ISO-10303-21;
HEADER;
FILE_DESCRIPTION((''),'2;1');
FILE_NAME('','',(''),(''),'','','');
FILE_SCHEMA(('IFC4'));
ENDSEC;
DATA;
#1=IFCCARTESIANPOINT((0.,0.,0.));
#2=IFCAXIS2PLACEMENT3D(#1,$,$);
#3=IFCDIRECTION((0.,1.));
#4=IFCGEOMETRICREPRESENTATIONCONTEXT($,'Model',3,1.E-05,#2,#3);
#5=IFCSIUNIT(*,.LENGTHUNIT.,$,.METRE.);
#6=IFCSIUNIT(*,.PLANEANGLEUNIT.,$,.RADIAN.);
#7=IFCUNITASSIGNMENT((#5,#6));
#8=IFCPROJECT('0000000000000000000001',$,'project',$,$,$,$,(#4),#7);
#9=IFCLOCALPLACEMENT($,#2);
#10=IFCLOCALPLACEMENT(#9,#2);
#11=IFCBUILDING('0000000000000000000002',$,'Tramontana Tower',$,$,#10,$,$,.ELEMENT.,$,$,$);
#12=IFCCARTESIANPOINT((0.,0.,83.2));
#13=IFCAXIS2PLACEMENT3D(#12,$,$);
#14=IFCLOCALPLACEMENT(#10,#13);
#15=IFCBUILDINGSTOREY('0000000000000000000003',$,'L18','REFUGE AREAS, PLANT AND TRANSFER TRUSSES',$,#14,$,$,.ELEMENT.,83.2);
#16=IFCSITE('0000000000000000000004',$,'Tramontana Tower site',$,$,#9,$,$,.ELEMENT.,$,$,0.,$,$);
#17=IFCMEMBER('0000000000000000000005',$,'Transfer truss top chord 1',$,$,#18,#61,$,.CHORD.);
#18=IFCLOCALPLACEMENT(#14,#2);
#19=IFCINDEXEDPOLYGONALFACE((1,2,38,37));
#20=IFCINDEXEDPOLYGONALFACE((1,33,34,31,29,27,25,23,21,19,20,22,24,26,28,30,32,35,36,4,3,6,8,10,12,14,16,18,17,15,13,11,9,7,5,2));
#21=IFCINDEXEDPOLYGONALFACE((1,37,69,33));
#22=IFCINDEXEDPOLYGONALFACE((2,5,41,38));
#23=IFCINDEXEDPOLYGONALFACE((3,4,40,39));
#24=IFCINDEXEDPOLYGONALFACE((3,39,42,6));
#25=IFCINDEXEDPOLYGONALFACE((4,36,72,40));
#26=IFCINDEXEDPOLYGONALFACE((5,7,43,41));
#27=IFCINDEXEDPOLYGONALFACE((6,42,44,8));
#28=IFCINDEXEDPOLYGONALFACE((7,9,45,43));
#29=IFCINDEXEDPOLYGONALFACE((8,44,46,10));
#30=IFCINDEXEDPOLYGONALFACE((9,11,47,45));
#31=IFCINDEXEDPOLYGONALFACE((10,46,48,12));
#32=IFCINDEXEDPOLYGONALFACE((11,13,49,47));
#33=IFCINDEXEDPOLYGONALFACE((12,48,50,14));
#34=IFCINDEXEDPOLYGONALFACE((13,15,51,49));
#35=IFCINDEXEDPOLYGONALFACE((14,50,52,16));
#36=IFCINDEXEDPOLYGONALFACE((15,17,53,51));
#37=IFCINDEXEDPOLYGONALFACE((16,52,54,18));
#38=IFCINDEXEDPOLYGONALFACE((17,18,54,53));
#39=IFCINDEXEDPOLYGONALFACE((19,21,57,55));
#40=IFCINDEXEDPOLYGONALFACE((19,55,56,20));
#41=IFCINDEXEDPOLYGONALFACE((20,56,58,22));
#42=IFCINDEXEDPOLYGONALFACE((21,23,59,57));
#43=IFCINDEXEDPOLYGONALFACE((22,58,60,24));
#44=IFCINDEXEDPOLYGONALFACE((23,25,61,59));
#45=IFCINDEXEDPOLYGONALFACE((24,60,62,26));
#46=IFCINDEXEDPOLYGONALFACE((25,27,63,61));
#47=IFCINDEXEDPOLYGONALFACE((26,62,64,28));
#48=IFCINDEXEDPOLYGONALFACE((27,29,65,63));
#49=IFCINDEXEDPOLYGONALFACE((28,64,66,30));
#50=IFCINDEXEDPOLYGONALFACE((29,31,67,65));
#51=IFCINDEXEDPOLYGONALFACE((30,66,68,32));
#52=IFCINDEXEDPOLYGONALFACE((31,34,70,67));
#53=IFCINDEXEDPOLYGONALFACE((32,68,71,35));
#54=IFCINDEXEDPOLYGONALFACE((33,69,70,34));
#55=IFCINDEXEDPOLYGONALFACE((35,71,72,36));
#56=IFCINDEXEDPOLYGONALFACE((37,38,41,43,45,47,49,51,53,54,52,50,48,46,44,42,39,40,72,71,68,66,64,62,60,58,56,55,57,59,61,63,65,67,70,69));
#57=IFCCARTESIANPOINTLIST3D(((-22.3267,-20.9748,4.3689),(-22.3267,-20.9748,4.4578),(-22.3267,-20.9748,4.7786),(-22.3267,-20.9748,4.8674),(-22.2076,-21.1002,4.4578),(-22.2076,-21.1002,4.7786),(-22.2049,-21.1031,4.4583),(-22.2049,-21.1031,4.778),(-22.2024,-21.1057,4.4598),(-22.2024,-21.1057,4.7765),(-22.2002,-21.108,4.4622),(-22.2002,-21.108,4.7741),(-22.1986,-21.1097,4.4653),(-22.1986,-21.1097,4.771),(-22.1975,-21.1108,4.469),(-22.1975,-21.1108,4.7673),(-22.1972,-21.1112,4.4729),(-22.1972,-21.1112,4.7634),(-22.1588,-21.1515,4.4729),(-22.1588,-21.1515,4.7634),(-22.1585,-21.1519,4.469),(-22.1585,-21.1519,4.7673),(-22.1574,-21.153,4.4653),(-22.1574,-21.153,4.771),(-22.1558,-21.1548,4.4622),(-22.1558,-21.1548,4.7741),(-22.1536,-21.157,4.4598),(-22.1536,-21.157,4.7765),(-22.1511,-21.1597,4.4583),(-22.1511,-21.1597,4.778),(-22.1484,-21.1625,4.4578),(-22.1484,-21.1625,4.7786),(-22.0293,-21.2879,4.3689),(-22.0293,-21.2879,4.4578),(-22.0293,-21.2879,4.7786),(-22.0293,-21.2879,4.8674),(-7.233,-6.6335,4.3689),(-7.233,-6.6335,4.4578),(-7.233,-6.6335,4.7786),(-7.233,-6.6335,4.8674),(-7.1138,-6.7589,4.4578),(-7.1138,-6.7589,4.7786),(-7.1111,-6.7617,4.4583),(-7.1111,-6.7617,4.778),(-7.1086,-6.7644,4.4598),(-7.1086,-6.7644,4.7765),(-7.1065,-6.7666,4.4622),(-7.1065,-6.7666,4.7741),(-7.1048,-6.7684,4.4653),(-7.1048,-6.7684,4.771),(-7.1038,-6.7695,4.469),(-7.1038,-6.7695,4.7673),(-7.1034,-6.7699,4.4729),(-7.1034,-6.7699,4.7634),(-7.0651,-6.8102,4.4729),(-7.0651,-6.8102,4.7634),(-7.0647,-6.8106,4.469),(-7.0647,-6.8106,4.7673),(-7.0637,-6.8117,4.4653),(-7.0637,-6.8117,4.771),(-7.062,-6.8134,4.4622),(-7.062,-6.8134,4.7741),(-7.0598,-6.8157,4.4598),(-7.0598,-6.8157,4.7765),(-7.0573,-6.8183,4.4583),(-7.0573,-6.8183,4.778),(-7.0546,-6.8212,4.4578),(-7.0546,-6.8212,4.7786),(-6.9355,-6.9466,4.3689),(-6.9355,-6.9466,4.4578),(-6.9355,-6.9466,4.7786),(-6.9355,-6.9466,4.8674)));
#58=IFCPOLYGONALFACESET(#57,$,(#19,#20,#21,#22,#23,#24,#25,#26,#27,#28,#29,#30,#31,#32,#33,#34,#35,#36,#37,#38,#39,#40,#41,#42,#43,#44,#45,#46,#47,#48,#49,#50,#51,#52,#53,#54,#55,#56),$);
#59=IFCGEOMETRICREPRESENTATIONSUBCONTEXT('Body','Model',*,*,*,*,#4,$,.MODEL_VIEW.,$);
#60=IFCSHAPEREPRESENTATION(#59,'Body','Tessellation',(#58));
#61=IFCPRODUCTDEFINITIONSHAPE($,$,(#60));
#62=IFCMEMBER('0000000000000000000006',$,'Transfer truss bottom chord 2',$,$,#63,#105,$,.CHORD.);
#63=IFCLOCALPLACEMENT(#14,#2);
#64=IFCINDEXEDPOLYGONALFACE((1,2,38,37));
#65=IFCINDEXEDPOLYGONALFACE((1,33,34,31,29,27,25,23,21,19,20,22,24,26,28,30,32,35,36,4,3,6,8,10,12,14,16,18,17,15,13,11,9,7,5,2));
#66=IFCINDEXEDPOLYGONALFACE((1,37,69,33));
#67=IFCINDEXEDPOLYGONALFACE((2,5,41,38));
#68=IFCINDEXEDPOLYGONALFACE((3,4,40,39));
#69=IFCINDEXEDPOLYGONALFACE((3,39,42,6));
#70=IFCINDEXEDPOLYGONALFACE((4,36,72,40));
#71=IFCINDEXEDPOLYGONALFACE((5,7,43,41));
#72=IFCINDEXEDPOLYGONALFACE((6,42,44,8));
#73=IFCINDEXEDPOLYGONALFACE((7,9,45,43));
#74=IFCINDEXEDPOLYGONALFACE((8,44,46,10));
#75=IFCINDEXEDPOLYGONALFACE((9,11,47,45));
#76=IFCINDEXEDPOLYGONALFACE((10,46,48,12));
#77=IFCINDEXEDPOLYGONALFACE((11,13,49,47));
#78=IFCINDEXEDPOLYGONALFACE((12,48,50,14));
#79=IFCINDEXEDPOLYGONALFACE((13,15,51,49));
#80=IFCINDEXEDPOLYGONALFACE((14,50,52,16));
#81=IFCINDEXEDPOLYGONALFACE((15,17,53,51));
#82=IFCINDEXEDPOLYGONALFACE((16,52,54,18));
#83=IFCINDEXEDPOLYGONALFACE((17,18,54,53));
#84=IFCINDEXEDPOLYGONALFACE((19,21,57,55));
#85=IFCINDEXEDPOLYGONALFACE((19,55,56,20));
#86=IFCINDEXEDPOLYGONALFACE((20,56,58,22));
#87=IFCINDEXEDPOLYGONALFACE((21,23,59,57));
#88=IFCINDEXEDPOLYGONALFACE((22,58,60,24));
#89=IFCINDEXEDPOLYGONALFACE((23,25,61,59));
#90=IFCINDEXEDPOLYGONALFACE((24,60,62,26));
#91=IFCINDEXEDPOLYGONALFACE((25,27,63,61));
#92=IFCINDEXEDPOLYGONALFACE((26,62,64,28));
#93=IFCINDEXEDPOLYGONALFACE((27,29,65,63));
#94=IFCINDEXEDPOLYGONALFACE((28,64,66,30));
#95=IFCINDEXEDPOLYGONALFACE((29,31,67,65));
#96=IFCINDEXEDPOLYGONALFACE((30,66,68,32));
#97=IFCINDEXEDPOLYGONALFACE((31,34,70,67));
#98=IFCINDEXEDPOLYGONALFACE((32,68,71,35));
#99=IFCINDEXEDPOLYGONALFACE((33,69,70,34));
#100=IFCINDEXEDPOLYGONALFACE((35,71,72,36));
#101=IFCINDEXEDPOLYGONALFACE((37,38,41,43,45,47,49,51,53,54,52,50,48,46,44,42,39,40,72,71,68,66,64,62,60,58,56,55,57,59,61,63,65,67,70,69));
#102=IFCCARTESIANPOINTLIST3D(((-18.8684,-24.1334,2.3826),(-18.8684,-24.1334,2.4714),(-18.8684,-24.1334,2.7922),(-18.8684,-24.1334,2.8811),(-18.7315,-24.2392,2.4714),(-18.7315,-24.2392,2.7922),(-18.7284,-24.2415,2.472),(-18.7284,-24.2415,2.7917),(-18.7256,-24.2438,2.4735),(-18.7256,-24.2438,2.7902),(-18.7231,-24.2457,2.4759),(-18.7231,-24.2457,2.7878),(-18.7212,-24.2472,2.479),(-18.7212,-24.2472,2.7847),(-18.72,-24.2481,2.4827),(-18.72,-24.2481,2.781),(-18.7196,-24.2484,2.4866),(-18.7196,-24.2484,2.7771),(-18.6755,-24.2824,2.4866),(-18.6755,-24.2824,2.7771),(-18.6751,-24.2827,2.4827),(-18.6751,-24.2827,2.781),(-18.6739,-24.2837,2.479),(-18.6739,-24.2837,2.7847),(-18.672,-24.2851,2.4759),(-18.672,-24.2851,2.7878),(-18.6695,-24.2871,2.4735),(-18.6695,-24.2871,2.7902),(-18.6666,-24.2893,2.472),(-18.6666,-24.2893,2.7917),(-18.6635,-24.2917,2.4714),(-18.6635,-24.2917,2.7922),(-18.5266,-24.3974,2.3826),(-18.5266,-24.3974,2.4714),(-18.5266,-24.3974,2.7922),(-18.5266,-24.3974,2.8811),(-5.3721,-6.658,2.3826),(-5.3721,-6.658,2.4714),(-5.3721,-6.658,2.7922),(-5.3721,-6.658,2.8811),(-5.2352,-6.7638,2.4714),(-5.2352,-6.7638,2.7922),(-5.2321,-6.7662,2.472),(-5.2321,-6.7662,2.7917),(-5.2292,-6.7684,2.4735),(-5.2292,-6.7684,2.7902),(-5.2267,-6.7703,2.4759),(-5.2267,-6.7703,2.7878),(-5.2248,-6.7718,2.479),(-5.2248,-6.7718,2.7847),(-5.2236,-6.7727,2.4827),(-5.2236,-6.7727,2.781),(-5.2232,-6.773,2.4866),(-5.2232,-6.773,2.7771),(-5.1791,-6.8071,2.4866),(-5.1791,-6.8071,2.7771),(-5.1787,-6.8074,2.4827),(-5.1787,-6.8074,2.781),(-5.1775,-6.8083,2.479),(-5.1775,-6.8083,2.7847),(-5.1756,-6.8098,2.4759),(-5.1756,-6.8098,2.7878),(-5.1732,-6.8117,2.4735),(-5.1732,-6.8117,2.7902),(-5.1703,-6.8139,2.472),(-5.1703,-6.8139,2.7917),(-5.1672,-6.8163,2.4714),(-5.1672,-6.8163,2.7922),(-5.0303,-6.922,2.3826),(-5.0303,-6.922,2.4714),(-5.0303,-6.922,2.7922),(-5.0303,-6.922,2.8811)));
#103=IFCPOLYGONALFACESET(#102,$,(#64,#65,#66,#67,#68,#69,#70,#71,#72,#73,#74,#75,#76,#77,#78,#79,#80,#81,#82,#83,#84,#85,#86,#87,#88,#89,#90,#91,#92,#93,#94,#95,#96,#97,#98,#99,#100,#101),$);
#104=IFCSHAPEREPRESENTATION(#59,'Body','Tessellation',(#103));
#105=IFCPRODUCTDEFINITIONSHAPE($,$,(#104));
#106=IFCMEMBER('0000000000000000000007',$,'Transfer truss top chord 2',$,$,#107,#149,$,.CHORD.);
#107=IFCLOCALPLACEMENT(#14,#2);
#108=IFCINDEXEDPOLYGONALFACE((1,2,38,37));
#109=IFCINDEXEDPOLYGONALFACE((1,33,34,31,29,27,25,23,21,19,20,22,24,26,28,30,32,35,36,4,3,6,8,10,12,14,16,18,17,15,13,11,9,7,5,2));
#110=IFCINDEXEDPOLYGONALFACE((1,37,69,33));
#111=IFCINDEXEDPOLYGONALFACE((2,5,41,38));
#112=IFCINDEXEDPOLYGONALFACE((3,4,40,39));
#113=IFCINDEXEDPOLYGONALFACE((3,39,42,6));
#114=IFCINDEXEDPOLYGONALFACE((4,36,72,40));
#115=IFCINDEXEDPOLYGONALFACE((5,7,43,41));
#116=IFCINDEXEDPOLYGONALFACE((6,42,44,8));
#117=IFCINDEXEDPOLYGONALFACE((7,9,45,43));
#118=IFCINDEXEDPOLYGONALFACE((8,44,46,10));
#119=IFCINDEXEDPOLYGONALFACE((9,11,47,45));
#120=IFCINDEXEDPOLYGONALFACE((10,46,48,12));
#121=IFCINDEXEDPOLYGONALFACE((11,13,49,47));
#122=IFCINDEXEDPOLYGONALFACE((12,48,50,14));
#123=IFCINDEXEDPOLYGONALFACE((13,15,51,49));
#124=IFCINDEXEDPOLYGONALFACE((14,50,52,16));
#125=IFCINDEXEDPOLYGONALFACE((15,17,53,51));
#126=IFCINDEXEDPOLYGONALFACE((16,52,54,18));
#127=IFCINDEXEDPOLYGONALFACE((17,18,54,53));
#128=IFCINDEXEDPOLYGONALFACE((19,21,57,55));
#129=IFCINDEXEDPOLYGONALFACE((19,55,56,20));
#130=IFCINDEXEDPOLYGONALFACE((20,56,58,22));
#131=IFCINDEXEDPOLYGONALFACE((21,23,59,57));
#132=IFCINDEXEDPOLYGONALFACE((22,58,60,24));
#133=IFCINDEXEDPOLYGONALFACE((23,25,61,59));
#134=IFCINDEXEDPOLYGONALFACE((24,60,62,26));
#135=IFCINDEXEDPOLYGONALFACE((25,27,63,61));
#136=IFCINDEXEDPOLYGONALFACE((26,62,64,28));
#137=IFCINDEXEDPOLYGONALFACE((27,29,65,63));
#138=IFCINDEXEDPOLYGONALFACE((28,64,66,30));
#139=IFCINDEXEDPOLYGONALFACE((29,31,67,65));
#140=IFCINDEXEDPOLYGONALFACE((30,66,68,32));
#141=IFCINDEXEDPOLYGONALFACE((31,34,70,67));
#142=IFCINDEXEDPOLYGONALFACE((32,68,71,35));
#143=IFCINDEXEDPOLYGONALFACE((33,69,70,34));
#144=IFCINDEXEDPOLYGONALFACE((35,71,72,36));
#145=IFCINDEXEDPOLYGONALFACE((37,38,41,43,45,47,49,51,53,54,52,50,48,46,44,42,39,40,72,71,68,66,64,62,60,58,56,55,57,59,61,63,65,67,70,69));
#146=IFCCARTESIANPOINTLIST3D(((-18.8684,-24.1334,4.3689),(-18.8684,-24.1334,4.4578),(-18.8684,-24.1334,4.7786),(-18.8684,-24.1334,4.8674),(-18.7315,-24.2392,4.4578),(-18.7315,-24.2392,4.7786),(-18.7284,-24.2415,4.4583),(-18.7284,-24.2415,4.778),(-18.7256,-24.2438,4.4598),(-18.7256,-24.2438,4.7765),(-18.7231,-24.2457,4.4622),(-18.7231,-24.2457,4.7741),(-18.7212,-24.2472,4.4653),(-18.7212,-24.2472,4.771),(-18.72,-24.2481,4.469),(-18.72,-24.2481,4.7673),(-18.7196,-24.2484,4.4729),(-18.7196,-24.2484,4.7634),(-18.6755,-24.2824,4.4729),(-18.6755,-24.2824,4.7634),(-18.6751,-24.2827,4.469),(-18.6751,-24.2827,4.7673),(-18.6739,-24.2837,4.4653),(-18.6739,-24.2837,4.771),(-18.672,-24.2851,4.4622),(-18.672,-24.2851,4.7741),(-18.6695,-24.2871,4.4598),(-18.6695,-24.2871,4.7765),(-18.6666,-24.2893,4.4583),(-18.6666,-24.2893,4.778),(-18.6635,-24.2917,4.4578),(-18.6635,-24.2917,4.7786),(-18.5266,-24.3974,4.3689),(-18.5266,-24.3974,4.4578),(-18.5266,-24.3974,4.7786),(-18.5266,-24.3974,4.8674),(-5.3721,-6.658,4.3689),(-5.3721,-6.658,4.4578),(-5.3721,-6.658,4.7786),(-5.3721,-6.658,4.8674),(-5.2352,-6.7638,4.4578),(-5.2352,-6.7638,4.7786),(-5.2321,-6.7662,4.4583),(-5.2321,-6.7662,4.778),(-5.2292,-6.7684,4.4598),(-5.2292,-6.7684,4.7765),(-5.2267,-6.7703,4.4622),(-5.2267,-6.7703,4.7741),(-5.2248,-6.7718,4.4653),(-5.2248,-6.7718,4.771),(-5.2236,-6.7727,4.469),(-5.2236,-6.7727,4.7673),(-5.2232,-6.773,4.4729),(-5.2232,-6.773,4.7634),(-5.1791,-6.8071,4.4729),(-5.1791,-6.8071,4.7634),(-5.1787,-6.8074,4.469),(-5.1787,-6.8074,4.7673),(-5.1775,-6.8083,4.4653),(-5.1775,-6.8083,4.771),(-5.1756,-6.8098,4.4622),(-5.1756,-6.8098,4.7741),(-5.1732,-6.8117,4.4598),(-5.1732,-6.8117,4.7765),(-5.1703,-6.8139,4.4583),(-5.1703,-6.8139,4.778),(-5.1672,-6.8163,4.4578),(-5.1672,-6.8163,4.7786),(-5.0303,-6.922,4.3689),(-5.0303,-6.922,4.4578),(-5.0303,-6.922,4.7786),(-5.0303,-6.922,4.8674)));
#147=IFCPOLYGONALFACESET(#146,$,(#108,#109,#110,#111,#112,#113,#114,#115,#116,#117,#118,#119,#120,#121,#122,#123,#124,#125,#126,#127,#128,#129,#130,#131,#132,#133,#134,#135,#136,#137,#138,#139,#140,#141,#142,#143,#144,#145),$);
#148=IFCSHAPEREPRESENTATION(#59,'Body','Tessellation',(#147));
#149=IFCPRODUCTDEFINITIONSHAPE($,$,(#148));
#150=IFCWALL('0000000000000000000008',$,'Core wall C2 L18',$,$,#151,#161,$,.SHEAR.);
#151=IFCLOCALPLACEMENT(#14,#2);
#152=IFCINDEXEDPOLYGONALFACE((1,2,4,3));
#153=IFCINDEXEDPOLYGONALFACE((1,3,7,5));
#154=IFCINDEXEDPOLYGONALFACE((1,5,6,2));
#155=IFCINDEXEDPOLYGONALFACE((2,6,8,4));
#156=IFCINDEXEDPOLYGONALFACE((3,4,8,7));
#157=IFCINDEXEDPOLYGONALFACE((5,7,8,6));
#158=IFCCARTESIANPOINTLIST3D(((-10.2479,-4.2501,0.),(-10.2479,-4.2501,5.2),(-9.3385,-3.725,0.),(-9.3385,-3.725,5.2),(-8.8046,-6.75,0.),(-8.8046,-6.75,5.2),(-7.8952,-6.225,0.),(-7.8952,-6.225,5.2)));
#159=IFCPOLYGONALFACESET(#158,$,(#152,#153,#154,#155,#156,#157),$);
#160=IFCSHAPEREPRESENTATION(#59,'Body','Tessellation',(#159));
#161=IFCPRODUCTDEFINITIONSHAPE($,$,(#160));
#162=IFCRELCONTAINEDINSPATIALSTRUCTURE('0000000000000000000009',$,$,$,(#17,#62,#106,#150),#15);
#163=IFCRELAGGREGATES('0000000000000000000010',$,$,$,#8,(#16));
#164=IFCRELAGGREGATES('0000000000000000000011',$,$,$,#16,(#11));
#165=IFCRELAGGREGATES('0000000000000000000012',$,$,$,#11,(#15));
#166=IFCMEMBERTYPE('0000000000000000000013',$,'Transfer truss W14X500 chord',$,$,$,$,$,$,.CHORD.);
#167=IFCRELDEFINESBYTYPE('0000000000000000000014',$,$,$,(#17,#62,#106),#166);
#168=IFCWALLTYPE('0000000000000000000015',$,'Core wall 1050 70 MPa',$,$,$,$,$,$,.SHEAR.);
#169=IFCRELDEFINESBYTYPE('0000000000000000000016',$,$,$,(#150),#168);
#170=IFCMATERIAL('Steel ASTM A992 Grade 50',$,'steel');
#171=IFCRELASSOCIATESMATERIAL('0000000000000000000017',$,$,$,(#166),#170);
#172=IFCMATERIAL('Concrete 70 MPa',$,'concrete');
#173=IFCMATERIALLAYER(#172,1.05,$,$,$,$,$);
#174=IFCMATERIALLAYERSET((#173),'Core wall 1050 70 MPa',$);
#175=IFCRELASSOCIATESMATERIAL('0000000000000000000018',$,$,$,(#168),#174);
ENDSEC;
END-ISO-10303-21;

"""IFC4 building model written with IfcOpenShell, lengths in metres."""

from ifc_helpers import new_model, si_unit, direction, frame, frame_2d, origin, origin_2d, place, context, subcontext, project, spatial, rectangle, i_section, extrude, material, layer, layer_set, material_profile, profile_set, type_object, element, save


model = new_model("IFC4")

# Units and contexts
model_context = context("Model", 3, precision=1e-05, world=origin(), true_north=direction((0.0, 1.0)))
body_context = subcontext(model_context, "Body", "Model", "MODEL_VIEW")
ifc_project = project(units=[si_unit("LENGTHUNIT", "METRE"), si_unit("PLANEANGLEUNIT", "RADIAN")], contexts=[model_context])

# Site, building, storey
site_placement = place(None, origin())
site = spatial("IfcSite", under=ifc_project, at=site_placement, Name="Tramontana Tower site", CompositionType="ELEMENT", RefElevation=0.0)
building_placement = place(site_placement, origin())
building = spatial("IfcBuilding", under=site, at=building_placement, Name="Tramontana Tower", CompositionType="ELEMENT")
storey_placement = place(building_placement, frame((0.0, 0.0, 83.2)))
storey = spatial("IfcBuildingStorey", under=building, at=storey_placement, Name="L18", Description="REFUGE AREAS, PLANT AND TRANSFER TRUSSES", CompositionType="ELEMENT", Elevation=83.2)

# Members
ifc_material_1 = material(Name="Steel ASTM A992 Grade 50", Category="steel")
ifc_material_profile_1 = material_profile(ifc_material_1, i_section(OverallWidth=0.4319, OverallDepth=0.4985, WebThickness=0.0557, FlangeThickness=0.0889, FilletRadius=0.0151, at=origin_2d()), Name="W14X500")
ifc_profile_set_1 = profile_set([ifc_material_profile_1], Name="Steel ASTM A992 Grade 50")
member_type_1 = type_object("IfcMemberType", Name="Transfer truss W14X500 chord", PredefinedType="CHORD", material=ifc_profile_set_1)
for number, where, z_axis, x_axis, name in (
    (1, (-7.0842, -6.79, 4.6182), (-0.724946, -0.688806, 0.0), (0.688806, -0.724946, 0.0), "Transfer truss top chord 1"),
):
    element("IfcMember", number, at=place(storey_placement, frame(where, z_axis=z_axis, x_axis=x_axis)), inside=storey, type_object=member_type_1, Name=name, PredefinedType="CHORD", context=body_context, shape_type="SweptSolid", body=[
        extrude(i_section(OverallWidth=0.4319, OverallDepth=0.4985, WebThickness=0.0557, FlangeThickness=0.0889, FilletRadius=0.0151, at=origin_2d()), origin(), (0.0, 0.0, 1.0), 20.8206),
    ])
for number, where, z_axis, x_axis, name in (
    (2, (-5.2012, -6.79, 2.6318), (-0.611239, -0.791446, 0.0), (0.791446, -0.611239, 0.0), "Transfer truss bottom chord 2"),
    (3, (-5.2012, -6.79, 4.6182), (-0.611239, -0.791446, 0.0), (0.791446, -0.611239, 0.0), "Transfer truss top chord 2"),
):
    element("IfcMember", number, at=place(storey_placement, frame(where, z_axis=z_axis, x_axis=x_axis)), inside=storey, type_object=member_type_1, Name=name, PredefinedType="CHORD", context=body_context, shape_type="SweptSolid", body=[
        extrude(i_section(OverallWidth=0.4319, OverallDepth=0.4985, WebThickness=0.0557, FlangeThickness=0.0889, FilletRadius=0.0151, at=origin_2d()), origin(), (0.0, 0.0, 1.0), 22.0803),
    ])

# Wall
ifc_material_2 = material(Name="Concrete 70 MPa", Category="concrete")
ifc_layer_1 = layer(ifc_material_2, 1.05)
ifc_layer_set_1 = layer_set([ifc_layer_1], Name="Core wall 1050 70 MPa")
wall_type_1 = type_object("IfcWallType", Name="Core wall 1050 70 MPa", PredefinedType="SHEAR", material=ifc_layer_set_1)
wall_1_placement = place(storey_placement, frame((-9.7932, -3.9875, 0.0), z_axis=(0.0, 0.0, 1.0), x_axis=(0.499996, -0.866028, 0.0)))
element("IfcWall", 4, at=wall_1_placement, inside=storey, type_object=wall_type_1, Name="Core wall C2 L18", PredefinedType="SHEAR", context=body_context, shape_type="SweptSolid", body=[
    extrude(rectangle(XDim=2.8867, YDim=1.05, at=frame_2d((1.4434, 0.0))), origin(), (0.0, 0.0, 1.0), 5.2),
])

save(model, "model.ifc")
